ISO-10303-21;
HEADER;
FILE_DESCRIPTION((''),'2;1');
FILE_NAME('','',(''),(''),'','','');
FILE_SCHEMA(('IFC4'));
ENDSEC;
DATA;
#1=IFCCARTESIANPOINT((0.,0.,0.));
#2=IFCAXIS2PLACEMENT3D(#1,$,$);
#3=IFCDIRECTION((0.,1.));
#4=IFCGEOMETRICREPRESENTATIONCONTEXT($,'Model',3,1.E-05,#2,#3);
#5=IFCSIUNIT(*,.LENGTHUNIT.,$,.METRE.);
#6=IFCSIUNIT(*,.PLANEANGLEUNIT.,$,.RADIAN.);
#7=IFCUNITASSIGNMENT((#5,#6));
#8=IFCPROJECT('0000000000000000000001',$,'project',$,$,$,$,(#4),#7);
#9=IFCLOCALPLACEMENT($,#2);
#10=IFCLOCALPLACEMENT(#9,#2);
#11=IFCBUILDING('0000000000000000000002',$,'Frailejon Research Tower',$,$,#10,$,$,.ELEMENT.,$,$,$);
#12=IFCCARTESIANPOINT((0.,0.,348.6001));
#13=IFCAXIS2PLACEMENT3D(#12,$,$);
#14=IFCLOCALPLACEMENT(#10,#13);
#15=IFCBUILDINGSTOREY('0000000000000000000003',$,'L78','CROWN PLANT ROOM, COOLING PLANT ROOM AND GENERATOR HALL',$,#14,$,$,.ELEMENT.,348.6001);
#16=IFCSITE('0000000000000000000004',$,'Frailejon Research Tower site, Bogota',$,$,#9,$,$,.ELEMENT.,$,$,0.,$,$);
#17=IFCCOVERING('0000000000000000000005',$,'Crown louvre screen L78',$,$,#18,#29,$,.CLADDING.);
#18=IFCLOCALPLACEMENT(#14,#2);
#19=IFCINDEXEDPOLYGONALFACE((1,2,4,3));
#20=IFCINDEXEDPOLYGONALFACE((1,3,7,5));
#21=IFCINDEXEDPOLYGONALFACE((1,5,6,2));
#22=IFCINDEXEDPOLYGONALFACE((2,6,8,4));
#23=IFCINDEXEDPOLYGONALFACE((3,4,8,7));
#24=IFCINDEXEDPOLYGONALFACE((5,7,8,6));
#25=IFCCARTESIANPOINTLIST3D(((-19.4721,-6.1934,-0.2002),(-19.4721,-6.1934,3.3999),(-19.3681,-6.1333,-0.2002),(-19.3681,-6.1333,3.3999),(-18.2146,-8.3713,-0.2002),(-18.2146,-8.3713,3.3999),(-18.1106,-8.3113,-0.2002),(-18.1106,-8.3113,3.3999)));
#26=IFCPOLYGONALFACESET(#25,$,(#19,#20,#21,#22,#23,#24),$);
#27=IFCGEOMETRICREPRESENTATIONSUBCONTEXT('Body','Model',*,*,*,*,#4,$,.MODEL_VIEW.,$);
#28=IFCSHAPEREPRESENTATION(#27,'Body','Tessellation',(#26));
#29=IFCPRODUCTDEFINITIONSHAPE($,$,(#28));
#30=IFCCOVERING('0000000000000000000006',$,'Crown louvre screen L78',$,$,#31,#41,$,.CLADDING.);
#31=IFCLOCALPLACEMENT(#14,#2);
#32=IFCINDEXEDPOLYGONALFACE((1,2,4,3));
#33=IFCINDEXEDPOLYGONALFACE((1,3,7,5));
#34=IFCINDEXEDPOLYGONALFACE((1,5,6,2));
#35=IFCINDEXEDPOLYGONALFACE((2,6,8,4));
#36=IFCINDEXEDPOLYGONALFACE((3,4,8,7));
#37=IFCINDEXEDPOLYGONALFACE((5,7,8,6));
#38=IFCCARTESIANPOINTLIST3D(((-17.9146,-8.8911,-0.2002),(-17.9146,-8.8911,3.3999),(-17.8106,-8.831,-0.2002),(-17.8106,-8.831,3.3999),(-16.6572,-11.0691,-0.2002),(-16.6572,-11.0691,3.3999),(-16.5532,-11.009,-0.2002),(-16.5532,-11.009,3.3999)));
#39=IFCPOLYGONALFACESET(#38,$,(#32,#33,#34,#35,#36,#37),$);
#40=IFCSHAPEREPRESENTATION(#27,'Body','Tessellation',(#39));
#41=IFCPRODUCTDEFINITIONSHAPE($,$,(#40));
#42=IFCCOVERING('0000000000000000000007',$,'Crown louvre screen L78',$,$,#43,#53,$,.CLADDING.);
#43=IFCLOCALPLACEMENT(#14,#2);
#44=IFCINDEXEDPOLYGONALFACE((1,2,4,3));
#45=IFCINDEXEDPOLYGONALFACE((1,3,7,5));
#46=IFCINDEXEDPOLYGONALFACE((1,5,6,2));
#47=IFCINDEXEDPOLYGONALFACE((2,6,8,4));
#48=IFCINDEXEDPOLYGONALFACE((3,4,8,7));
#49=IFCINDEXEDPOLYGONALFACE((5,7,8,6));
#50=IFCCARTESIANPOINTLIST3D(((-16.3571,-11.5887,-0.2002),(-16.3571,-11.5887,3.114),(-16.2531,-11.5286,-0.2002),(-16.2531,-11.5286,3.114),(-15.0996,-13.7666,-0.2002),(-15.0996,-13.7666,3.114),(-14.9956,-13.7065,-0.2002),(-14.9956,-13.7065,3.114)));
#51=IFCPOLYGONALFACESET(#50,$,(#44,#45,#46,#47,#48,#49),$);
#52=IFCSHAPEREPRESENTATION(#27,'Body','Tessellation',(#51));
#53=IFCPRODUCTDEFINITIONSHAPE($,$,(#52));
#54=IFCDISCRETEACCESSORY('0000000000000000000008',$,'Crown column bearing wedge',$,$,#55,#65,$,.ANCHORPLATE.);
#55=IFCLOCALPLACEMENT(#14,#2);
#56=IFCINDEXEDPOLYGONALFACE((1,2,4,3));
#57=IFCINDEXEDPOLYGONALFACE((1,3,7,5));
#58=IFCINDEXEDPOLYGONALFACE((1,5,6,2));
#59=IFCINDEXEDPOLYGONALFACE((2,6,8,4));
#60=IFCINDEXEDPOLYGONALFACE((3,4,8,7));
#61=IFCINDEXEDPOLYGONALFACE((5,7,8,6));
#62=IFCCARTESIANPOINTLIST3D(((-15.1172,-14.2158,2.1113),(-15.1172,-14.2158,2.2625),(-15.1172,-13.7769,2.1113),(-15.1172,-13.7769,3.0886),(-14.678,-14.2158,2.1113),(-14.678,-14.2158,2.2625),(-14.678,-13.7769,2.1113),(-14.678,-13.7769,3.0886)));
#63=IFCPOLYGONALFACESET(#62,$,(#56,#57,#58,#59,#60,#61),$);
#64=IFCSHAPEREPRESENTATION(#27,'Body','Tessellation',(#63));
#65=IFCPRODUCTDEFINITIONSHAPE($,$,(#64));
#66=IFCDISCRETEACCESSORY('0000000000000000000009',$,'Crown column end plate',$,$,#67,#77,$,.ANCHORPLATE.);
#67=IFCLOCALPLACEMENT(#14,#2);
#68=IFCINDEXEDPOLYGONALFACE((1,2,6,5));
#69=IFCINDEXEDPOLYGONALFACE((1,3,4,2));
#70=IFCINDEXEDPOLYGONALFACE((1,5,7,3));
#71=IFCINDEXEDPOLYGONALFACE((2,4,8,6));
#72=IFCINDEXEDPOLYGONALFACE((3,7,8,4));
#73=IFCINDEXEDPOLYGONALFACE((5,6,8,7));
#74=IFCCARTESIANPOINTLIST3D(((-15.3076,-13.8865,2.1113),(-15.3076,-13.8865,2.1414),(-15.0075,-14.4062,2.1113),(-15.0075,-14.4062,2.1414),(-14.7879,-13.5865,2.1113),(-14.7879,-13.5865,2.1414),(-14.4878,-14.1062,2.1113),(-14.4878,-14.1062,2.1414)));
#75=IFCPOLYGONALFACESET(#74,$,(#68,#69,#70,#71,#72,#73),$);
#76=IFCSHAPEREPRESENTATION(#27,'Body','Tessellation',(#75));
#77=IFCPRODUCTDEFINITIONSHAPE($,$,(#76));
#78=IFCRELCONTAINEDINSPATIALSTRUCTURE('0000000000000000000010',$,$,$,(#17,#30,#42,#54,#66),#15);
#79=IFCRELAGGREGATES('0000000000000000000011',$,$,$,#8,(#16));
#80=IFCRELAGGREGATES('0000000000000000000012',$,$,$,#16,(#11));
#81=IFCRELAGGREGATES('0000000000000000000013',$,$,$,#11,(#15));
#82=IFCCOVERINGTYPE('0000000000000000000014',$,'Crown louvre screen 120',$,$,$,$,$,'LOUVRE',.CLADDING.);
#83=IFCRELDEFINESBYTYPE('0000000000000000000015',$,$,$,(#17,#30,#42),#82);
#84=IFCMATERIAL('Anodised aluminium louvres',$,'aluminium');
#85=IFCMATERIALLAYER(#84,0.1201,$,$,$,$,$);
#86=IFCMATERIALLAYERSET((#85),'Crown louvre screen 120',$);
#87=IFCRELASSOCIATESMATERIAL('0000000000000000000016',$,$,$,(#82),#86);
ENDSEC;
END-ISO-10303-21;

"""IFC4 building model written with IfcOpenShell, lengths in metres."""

from ifc_helpers import new_model, si_unit, direction, frame, origin, origin_2d, place, context, subcontext, project, spatial, polyline, rectangle, outline, extrude, material, layer, layer_set, type_object, element, save


model = new_model("IFC4")

# Units and contexts
model_context = context("Model", 3, precision=1e-05, world=origin(), true_north=direction((0.0, 1.0)))
body_context = subcontext(model_context, "Body", "Model", "MODEL_VIEW")
ifc_project = project(units=[si_unit("LENGTHUNIT", "METRE"), si_unit("PLANEANGLEUNIT", "RADIAN")], contexts=[model_context])

# Site, building, storey
site_placement = place(None, origin())
site = spatial("IfcSite", under=ifc_project, at=site_placement, Name="Frailejon Research Tower site, Bogota", CompositionType="ELEMENT", RefElevation=0.0)
building_placement = place(site_placement, origin())
building = spatial("IfcBuilding", under=site, at=building_placement, Name="Frailejon Research Tower", CompositionType="ELEMENT")
storey_placement = place(building_placement, frame((0.0, 0.0, 348.6001)))
storey = spatial("IfcBuildingStorey", under=building, at=storey_placement, Name="L78", Description="CROWN PLANT ROOM, COOLING PLANT ROOM AND GENERATOR HALL", CompositionType="ELEMENT", Elevation=348.6001)

# Coverings
ifc_material_1 = material(Name="Anodised aluminium louvres", Category="aluminium")
ifc_layer_1 = layer(ifc_material_1, 0.1201)
ifc_layer_set_1 = layer_set([ifc_layer_1], Name="Crown louvre screen 120")
covering_type = type_object("IfcCoveringType", Name="Crown louvre screen 120", ElementType="LOUVRE", PredefinedType="CLADDING", material=ifc_layer_set_1)
for number, where, z_axis, x_axis, name in (
    (1, (-18.1626, -8.3413, -0.2002), (-0.500009, 0.86602, 0.0), (-0.86602, -0.500009, 0.0), "Crown louvre screen L78"),
    (2, (-16.6052, -11.0391, -0.2002), (-0.499979, 0.866037, 0.0), (-0.866037, -0.499979, 0.0), "Crown louvre screen L78"),
):
    element("IfcCovering", number, at=place(storey_placement, frame(where, z_axis=z_axis, x_axis=x_axis)), inside=storey, type_object=covering_type, Name=name, PredefinedType="CLADDING", context=body_context, shape_type="SweptSolid", body=[
        extrude(outline(polyline([(-0.0601, 0.0), (0.0601, 0.0), (0.0601, 3.6001), (-0.0601, 3.6001), (-0.0601, 0.0)])), origin(), (0.0, 0.0, 1.0), 2.5149),
    ])
covering_placement = place(storey_placement, frame((-15.0476, -13.7366, -0.2002), z_axis=(-0.500009, 0.86602, 0.0), x_axis=(-0.86602, -0.500009, 0.0)))
element("IfcCovering", 3, at=covering_placement, inside=storey, type_object=covering_type, Name="Crown louvre screen L78", PredefinedType="CLADDING", context=body_context, shape_type="SweptSolid", body=[
    extrude(outline(polyline([(-0.0601, 0.0), (0.0601, 0.0), (0.0601, 3.3142), (-0.0601, 3.3142), (-0.0601, 0.0)])), origin(), (0.0, 0.0, 1.0), 2.5149),
])

# Discrete accessories
discrete_accessory_1_placement = place(storey_placement, frame((-15.1172, -13.9963, 2.1113), z_axis=(1.0, 0.0, 0.0), x_axis=(0.0, 1.0, 0.0)))
element("IfcDiscreteAccessory", 4, at=discrete_accessory_1_placement, inside=storey, Name="Crown column bearing wedge", PredefinedType="ANCHORPLATE", context=body_context, shape_type="SweptSolid", body=[
    extrude(outline(polyline([(-0.2195, 0.0), (0.2195, 0.0), (0.2195, 0.9773), (-0.2195, 0.1511), (-0.2195, 0.0)])), origin(), (0.0, 0.0, 1.0), 0.4392),
])
discrete_accessory_2_placement = place(storey_placement, frame((-14.8977, -13.9963, 2.1113), z_axis=(0.0, 0.0, 1.0), x_axis=(0.5, -0.866025, 0.0)))
element("IfcDiscreteAccessory", 5, at=discrete_accessory_2_placement, inside=storey, Name="Crown column end plate", PredefinedType="ANCHORPLATE", context=body_context, shape_type="SweptSolid", body=[
    extrude(rectangle(XDim=0.6001, YDim=0.6001, at=origin_2d()), origin(), (0.0, 0.0, 1.0), 0.03),
])

save(model, "model.ifc")
